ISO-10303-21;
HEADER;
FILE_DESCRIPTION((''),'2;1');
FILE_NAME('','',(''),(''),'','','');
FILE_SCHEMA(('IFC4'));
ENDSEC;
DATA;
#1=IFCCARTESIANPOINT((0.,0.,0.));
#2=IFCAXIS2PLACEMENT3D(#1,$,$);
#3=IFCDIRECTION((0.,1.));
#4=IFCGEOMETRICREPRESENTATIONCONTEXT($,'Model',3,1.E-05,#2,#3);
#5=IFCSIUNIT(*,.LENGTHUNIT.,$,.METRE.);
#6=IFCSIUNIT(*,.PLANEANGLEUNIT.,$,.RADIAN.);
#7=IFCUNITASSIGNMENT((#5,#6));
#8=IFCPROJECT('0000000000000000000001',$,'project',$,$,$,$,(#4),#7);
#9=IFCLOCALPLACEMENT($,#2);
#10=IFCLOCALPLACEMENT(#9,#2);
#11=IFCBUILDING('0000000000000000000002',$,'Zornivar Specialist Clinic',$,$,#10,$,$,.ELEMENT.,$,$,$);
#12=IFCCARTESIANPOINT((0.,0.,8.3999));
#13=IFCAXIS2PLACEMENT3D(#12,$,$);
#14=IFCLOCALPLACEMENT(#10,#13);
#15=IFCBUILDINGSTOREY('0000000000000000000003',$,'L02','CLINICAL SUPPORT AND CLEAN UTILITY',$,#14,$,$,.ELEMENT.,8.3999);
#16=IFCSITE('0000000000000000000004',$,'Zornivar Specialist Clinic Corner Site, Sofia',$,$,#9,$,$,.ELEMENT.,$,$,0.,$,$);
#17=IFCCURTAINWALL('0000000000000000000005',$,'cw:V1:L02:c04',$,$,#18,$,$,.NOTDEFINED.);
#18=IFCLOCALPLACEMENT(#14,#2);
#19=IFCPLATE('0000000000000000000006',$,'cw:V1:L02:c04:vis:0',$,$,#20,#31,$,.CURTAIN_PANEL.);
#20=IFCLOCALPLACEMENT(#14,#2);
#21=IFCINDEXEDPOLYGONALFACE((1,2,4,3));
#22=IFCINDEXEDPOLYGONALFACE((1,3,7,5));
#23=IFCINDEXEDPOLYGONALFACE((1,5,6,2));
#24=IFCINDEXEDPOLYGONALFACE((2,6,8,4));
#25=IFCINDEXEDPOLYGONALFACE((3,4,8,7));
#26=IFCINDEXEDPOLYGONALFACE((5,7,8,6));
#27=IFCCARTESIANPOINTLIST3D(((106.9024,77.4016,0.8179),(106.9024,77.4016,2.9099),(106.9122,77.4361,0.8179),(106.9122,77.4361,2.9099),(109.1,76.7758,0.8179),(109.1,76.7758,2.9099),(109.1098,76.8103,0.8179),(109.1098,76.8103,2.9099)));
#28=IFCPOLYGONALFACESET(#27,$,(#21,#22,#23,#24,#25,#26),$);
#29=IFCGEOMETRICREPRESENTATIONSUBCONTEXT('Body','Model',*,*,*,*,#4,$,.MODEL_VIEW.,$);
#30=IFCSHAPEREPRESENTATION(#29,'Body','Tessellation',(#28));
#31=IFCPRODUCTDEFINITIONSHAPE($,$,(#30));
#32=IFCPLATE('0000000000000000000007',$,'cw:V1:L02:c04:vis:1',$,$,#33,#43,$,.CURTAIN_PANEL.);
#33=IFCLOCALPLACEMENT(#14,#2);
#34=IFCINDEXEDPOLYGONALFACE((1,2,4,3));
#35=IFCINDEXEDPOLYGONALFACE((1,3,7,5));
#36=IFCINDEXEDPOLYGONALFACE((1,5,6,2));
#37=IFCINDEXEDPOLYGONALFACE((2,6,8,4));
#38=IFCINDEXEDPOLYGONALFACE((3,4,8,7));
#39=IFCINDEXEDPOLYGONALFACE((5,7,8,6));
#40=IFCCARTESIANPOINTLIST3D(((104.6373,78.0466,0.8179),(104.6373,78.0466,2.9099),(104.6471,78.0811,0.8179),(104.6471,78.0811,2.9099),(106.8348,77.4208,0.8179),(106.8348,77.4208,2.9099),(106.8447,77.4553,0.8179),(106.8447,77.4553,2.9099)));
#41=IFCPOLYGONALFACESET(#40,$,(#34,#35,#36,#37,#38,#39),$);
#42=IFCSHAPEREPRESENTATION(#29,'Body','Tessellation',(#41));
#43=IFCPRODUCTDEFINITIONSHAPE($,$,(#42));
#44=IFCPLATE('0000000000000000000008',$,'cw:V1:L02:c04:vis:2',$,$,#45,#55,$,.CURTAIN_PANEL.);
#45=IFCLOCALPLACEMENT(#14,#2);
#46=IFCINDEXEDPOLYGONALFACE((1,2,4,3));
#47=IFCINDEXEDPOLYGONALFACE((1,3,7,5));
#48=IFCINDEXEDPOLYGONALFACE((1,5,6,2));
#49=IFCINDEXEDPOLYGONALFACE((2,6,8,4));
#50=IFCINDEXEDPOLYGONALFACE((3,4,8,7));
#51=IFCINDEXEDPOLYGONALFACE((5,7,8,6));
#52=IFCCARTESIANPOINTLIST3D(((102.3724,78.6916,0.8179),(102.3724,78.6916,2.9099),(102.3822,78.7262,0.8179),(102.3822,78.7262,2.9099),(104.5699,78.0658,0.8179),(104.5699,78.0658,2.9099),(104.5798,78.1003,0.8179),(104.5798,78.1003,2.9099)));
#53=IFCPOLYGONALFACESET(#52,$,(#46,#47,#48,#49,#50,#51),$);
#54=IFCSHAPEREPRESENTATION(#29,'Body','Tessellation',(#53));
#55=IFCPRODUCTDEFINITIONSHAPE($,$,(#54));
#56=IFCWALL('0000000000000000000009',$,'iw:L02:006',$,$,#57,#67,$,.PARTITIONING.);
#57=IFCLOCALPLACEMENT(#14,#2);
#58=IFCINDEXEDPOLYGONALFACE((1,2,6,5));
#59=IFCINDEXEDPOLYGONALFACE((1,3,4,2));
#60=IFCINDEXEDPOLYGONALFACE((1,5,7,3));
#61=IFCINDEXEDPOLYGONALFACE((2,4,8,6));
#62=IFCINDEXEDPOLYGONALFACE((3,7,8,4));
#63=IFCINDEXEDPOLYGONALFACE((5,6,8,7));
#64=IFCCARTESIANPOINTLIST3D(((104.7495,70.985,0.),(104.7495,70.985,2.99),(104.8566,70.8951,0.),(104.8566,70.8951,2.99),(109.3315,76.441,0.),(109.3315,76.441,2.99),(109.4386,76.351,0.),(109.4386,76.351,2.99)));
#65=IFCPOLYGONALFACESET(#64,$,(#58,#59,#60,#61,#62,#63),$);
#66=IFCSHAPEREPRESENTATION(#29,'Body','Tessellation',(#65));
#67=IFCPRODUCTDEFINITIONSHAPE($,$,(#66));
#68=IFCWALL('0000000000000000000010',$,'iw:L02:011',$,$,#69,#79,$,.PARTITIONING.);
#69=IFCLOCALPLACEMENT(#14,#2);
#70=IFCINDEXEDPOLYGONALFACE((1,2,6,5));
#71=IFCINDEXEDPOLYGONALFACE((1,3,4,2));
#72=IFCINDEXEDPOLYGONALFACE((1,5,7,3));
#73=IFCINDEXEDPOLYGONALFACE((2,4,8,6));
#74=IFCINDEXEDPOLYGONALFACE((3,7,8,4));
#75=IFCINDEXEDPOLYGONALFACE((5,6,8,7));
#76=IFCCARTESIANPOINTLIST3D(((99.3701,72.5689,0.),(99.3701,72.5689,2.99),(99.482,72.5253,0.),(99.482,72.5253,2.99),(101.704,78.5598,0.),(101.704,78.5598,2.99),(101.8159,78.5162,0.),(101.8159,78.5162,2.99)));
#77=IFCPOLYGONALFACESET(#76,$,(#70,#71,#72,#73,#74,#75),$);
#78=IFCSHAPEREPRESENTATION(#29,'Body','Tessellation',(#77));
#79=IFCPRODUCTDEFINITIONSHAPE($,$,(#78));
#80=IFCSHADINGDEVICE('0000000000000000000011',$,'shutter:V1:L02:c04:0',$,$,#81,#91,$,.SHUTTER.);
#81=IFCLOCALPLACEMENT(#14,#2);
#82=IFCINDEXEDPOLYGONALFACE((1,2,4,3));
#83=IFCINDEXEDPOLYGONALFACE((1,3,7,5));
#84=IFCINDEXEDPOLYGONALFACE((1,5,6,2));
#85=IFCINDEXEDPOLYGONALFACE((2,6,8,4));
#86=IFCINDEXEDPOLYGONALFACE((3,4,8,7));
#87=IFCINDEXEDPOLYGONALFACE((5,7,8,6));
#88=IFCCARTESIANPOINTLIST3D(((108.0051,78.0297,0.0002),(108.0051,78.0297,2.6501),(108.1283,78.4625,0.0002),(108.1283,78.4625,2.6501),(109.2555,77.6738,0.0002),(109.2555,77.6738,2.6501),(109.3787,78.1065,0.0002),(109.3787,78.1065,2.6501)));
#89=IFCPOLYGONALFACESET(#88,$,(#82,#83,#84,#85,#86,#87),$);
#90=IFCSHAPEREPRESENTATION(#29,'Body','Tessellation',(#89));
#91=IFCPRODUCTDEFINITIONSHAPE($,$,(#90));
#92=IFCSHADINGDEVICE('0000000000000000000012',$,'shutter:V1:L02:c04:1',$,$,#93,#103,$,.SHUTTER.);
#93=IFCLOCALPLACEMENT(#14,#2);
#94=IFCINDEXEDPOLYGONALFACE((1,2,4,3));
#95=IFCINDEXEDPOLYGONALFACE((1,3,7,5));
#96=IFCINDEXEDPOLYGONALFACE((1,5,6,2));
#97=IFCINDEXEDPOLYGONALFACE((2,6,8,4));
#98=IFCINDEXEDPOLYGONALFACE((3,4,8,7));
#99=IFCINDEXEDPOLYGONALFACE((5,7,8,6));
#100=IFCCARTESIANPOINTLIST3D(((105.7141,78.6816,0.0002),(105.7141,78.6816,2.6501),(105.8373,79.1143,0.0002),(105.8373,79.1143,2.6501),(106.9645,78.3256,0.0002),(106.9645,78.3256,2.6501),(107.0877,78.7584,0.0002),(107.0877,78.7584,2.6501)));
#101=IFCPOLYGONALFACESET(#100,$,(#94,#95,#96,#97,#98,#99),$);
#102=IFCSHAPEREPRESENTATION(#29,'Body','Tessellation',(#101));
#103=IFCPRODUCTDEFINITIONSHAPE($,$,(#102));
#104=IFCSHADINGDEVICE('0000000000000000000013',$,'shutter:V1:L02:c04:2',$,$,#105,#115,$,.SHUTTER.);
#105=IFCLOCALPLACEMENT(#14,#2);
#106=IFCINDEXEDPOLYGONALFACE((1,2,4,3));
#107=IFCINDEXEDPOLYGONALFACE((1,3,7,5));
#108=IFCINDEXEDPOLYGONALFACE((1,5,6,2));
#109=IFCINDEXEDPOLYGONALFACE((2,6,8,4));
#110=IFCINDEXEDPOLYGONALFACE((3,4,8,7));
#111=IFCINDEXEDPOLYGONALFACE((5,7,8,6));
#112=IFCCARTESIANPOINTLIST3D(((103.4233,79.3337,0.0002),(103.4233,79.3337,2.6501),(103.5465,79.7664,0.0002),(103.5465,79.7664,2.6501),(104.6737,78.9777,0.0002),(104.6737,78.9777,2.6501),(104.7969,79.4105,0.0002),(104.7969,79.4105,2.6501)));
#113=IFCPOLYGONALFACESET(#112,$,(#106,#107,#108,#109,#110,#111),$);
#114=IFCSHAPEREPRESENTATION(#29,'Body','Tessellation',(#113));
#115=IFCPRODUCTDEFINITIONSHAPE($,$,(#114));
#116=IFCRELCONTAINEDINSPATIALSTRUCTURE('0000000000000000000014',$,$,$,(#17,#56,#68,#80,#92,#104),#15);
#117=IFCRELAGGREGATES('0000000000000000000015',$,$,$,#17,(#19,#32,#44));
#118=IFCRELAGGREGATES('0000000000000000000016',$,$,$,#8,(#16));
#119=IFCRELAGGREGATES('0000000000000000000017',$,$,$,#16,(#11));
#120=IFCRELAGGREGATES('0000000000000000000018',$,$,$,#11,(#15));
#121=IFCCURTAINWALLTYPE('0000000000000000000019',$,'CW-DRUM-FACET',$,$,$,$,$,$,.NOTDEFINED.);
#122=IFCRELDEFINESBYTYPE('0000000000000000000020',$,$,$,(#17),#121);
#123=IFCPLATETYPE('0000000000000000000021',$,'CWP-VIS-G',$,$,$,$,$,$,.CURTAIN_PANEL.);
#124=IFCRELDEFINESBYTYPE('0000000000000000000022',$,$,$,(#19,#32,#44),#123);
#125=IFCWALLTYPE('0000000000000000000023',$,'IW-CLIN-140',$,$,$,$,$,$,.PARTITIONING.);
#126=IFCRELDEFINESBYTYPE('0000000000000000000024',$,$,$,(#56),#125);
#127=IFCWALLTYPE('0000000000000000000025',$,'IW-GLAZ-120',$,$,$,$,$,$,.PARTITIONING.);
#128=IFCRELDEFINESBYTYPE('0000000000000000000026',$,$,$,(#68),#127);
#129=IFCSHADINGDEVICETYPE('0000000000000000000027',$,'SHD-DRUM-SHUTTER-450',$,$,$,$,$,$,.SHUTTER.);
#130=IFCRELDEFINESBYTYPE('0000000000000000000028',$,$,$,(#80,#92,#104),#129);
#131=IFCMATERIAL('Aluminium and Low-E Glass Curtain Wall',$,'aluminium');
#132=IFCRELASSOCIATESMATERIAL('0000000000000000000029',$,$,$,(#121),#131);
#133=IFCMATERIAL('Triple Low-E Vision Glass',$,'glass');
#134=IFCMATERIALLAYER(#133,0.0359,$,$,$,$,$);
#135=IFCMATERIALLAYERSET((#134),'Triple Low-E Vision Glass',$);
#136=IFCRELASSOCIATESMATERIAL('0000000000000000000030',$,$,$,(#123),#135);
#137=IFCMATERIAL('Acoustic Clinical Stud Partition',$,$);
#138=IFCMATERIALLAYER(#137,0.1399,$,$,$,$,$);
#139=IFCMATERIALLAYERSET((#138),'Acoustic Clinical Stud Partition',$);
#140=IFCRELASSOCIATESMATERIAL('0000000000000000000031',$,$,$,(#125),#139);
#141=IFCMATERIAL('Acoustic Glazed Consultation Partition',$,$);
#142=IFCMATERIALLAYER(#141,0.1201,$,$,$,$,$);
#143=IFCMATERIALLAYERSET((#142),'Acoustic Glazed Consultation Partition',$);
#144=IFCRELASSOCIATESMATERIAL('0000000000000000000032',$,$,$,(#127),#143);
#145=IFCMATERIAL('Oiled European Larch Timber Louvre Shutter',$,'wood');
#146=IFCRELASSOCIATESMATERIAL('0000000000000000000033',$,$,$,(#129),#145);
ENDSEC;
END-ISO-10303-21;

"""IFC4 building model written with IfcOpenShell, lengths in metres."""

from ifc_helpers import new_model, si_unit, direction, frame, frame_2d, origin, origin_2d, place, context, subcontext, project, spatial, rectangle, extrude, material, layer, layer_set, type_object, element, aggregate, save


model = new_model("IFC4")

# Units and contexts
model_context = context("Model", 3, precision=1e-05, world=origin(), true_north=direction((0.0, 1.0)))
body_context = subcontext(model_context, "Body", "Model", "MODEL_VIEW")
ifc_project = project(units=[si_unit("LENGTHUNIT", "METRE"), si_unit("PLANEANGLEUNIT", "RADIAN")], contexts=[model_context])

# Site, building, storey
site_placement = place(None, origin())
site = spatial("IfcSite", under=ifc_project, at=site_placement, Name="Zornivar Specialist Clinic Corner Site, Sofia", CompositionType="ELEMENT", RefElevation=0.0)
building_placement = place(site_placement, origin())
building = spatial("IfcBuilding", under=site, at=building_placement, Name="Zornivar Specialist Clinic", CompositionType="ELEMENT")
storey_placement = place(building_placement, frame((0.0, 0.0, 8.3999)))
storey = spatial("IfcBuildingStorey", under=building, at=storey_placement, Name="L02", Description="CLINICAL SUPPORT AND CLEAN UTILITY", CompositionType="ELEMENT", Elevation=8.3999)

# Shared definitions
ifc_material_1 = material(Name="Aluminium and Low-E Glass Curtain Wall", Category="aluminium")
curtain_wall_type = type_object("IfcCurtainWallType", Name="CW-DRUM-FACET", PredefinedType="NOTDEFINED", material=ifc_material_1)

# Curtain wall
curtain_wall_1_placement = place(storey_placement, origin())
curtain_wall_1 = element("IfcCurtainWall", 1, at=curtain_wall_1_placement, inside=storey, type_object=curtain_wall_type, Name="cw:V1:L02:c04", PredefinedType="NOTDEFINED")

# Plates
ifc_material_2 = material(Name="Triple Low-E Vision Glass", Category="glass")
ifc_layer_1 = layer(ifc_material_2, 0.0359)
ifc_layer_set_1 = layer_set([ifc_layer_1], Name="Triple Low-E Vision Glass")
plate_type_1 = type_object("IfcPlateType", Name="CWP-VIS-G", PredefinedType="CURTAIN_PANEL", material=ifc_layer_set_1)
plate_1_placement = place(storey_placement, frame((108.0061, 77.106, 0.8179), z_axis=(0.0, 0.0, 1.0), x_axis=(-0.961761, 0.273889, 0.0)))
plate_1 = element("IfcPlate", 2, at=plate_1_placement, type_object=plate_type_1, Name="cw:V1:L02:c04:vis:0", PredefinedType="CURTAIN_PANEL", context=body_context, shape_type="SweptSolid", body=[
    extrude(rectangle(XDim=2.2849, YDim=0.0359, at=origin_2d()), origin(), (0.0, 0.0, 1.0), 2.092),
])
plate_2_placement = place(storey_placement, frame((105.741, 77.751, 0.8179), z_axis=(0.0, 0.0, 1.0), x_axis=(-0.961761, 0.273889, 0.0)))
plate_2 = element("IfcPlate", 3, at=plate_2_placement, type_object=plate_type_1, Name="cw:V1:L02:c04:vis:1", PredefinedType="CURTAIN_PANEL", context=body_context, shape_type="SweptSolid", body=[
    extrude(rectangle(XDim=2.2849, YDim=0.0359, at=origin_2d()), origin(), (0.0, 0.0, 1.0), 2.092),
])
plate_3_placement = place(storey_placement, frame((103.4761, 78.396, 0.8179), z_axis=(0.0, 0.0, 1.0), x_axis=(-0.961761, 0.273889, 0.0)))
plate_3 = element("IfcPlate", 4, at=plate_3_placement, type_object=plate_type_1, Name="cw:V1:L02:c04:vis:2", PredefinedType="CURTAIN_PANEL", context=body_context, shape_type="SweptSolid", body=[
    extrude(rectangle(XDim=2.2849, YDim=0.0359, at=origin_2d()), origin(), (0.0, 0.0, 1.0), 2.092),
])
aggregate(curtain_wall_1, [plate_1, plate_2, plate_3])

# Walls
ifc_material_3 = material(Name="Acoustic Clinical Stud Partition")
ifc_layer_2 = layer(ifc_material_3, 0.1399)
ifc_layer_set_2 = layer_set([ifc_layer_2], Name="Acoustic Clinical Stud Partition")
wall_type_1 = type_object("IfcWallType", Name="IW-CLIN-140", PredefinedType="PARTITIONING", material=ifc_layer_set_2)
wall_1_placement = place(storey_placement, frame((104.803, 70.9399, 0.0), z_axis=(0.0, 0.0, 1.0), x_axis=(0.643105, 0.765778, 0.0)))
element("IfcWall", 5, at=wall_1_placement, inside=storey, type_object=wall_type_1, Name="iw:L02:006", PredefinedType="PARTITIONING", context=body_context, shape_type="SweptSolid", body=[
    extrude(rectangle(XDim=7.1248, YDim=0.1399, at=frame_2d((3.5625, 0.0))), origin(), (0.0, 0.0, 1.0), 2.99),
])
ifc_material_4 = material(Name="Acoustic Glazed Consultation Partition")
ifc_layer_3 = layer(ifc_material_4, 0.1201)
ifc_layer_set_3 = layer_set([ifc_layer_3], Name="Acoustic Glazed Consultation Partition")
wall_type_2 = type_object("IfcWallType", Name="IW-GLAZ-120", PredefinedType="PARTITIONING", material=ifc_layer_set_3)
wall_2_placement = place(storey_placement, frame((101.76, 78.5381, 0.0), z_axis=(0.0, 0.0, 1.0), x_axis=(-0.363009, -0.931786, 0.0)))
element("IfcWall", 6, at=wall_2_placement, inside=storey, type_object=wall_type_2, Name="iw:L02:011", PredefinedType="PARTITIONING", context=body_context, shape_type="SweptSolid", body=[
    extrude(rectangle(XDim=6.4294, YDim=0.1201, at=frame_2d((3.2148, 0.0))), origin(), (0.0, 0.0, 1.0), 2.99),
])

# Shading devices
ifc_material_5 = material(Name="Oiled European Larch Timber Louvre Shutter", Category="wood")
shading_device_type = type_object("IfcShadingDeviceType", Name="SHD-DRUM-SHUTTER-450", PredefinedType="SHUTTER", material=ifc_material_5)
for number, where, z_axis, x_axis, name in (
    (7, (108.6919, 78.0681, 0.0002), (0.0, 0.0, 1.0), (-0.961785, 0.273805, 0.0), "shutter:V1:L02:c04:0"),
    (8, (106.4009, 78.72, 0.0002), (0.0, 0.0, 1.0), (-0.961785, 0.273805, 0.0), "shutter:V1:L02:c04:1"),
    (9, (104.1101, 79.3721, 0.0002), (0.0, 0.0, 1.0), (-0.961785, 0.273805, 0.0), "shutter:V1:L02:c04:2"),
):
    element("IfcShadingDevice", number, at=place(storey_placement, frame(where, z_axis=z_axis, x_axis=x_axis)), inside=storey, type_object=shading_device_type, Name=name, PredefinedType="SHUTTER", context=body_context, shape_type="SweptSolid", body=[
        extrude(rectangle(XDim=1.3, YDim=0.45, at=origin_2d()), origin(), (0.0, 0.0, 1.0), 2.6499),
    ])

save(model, "model.ifc")
